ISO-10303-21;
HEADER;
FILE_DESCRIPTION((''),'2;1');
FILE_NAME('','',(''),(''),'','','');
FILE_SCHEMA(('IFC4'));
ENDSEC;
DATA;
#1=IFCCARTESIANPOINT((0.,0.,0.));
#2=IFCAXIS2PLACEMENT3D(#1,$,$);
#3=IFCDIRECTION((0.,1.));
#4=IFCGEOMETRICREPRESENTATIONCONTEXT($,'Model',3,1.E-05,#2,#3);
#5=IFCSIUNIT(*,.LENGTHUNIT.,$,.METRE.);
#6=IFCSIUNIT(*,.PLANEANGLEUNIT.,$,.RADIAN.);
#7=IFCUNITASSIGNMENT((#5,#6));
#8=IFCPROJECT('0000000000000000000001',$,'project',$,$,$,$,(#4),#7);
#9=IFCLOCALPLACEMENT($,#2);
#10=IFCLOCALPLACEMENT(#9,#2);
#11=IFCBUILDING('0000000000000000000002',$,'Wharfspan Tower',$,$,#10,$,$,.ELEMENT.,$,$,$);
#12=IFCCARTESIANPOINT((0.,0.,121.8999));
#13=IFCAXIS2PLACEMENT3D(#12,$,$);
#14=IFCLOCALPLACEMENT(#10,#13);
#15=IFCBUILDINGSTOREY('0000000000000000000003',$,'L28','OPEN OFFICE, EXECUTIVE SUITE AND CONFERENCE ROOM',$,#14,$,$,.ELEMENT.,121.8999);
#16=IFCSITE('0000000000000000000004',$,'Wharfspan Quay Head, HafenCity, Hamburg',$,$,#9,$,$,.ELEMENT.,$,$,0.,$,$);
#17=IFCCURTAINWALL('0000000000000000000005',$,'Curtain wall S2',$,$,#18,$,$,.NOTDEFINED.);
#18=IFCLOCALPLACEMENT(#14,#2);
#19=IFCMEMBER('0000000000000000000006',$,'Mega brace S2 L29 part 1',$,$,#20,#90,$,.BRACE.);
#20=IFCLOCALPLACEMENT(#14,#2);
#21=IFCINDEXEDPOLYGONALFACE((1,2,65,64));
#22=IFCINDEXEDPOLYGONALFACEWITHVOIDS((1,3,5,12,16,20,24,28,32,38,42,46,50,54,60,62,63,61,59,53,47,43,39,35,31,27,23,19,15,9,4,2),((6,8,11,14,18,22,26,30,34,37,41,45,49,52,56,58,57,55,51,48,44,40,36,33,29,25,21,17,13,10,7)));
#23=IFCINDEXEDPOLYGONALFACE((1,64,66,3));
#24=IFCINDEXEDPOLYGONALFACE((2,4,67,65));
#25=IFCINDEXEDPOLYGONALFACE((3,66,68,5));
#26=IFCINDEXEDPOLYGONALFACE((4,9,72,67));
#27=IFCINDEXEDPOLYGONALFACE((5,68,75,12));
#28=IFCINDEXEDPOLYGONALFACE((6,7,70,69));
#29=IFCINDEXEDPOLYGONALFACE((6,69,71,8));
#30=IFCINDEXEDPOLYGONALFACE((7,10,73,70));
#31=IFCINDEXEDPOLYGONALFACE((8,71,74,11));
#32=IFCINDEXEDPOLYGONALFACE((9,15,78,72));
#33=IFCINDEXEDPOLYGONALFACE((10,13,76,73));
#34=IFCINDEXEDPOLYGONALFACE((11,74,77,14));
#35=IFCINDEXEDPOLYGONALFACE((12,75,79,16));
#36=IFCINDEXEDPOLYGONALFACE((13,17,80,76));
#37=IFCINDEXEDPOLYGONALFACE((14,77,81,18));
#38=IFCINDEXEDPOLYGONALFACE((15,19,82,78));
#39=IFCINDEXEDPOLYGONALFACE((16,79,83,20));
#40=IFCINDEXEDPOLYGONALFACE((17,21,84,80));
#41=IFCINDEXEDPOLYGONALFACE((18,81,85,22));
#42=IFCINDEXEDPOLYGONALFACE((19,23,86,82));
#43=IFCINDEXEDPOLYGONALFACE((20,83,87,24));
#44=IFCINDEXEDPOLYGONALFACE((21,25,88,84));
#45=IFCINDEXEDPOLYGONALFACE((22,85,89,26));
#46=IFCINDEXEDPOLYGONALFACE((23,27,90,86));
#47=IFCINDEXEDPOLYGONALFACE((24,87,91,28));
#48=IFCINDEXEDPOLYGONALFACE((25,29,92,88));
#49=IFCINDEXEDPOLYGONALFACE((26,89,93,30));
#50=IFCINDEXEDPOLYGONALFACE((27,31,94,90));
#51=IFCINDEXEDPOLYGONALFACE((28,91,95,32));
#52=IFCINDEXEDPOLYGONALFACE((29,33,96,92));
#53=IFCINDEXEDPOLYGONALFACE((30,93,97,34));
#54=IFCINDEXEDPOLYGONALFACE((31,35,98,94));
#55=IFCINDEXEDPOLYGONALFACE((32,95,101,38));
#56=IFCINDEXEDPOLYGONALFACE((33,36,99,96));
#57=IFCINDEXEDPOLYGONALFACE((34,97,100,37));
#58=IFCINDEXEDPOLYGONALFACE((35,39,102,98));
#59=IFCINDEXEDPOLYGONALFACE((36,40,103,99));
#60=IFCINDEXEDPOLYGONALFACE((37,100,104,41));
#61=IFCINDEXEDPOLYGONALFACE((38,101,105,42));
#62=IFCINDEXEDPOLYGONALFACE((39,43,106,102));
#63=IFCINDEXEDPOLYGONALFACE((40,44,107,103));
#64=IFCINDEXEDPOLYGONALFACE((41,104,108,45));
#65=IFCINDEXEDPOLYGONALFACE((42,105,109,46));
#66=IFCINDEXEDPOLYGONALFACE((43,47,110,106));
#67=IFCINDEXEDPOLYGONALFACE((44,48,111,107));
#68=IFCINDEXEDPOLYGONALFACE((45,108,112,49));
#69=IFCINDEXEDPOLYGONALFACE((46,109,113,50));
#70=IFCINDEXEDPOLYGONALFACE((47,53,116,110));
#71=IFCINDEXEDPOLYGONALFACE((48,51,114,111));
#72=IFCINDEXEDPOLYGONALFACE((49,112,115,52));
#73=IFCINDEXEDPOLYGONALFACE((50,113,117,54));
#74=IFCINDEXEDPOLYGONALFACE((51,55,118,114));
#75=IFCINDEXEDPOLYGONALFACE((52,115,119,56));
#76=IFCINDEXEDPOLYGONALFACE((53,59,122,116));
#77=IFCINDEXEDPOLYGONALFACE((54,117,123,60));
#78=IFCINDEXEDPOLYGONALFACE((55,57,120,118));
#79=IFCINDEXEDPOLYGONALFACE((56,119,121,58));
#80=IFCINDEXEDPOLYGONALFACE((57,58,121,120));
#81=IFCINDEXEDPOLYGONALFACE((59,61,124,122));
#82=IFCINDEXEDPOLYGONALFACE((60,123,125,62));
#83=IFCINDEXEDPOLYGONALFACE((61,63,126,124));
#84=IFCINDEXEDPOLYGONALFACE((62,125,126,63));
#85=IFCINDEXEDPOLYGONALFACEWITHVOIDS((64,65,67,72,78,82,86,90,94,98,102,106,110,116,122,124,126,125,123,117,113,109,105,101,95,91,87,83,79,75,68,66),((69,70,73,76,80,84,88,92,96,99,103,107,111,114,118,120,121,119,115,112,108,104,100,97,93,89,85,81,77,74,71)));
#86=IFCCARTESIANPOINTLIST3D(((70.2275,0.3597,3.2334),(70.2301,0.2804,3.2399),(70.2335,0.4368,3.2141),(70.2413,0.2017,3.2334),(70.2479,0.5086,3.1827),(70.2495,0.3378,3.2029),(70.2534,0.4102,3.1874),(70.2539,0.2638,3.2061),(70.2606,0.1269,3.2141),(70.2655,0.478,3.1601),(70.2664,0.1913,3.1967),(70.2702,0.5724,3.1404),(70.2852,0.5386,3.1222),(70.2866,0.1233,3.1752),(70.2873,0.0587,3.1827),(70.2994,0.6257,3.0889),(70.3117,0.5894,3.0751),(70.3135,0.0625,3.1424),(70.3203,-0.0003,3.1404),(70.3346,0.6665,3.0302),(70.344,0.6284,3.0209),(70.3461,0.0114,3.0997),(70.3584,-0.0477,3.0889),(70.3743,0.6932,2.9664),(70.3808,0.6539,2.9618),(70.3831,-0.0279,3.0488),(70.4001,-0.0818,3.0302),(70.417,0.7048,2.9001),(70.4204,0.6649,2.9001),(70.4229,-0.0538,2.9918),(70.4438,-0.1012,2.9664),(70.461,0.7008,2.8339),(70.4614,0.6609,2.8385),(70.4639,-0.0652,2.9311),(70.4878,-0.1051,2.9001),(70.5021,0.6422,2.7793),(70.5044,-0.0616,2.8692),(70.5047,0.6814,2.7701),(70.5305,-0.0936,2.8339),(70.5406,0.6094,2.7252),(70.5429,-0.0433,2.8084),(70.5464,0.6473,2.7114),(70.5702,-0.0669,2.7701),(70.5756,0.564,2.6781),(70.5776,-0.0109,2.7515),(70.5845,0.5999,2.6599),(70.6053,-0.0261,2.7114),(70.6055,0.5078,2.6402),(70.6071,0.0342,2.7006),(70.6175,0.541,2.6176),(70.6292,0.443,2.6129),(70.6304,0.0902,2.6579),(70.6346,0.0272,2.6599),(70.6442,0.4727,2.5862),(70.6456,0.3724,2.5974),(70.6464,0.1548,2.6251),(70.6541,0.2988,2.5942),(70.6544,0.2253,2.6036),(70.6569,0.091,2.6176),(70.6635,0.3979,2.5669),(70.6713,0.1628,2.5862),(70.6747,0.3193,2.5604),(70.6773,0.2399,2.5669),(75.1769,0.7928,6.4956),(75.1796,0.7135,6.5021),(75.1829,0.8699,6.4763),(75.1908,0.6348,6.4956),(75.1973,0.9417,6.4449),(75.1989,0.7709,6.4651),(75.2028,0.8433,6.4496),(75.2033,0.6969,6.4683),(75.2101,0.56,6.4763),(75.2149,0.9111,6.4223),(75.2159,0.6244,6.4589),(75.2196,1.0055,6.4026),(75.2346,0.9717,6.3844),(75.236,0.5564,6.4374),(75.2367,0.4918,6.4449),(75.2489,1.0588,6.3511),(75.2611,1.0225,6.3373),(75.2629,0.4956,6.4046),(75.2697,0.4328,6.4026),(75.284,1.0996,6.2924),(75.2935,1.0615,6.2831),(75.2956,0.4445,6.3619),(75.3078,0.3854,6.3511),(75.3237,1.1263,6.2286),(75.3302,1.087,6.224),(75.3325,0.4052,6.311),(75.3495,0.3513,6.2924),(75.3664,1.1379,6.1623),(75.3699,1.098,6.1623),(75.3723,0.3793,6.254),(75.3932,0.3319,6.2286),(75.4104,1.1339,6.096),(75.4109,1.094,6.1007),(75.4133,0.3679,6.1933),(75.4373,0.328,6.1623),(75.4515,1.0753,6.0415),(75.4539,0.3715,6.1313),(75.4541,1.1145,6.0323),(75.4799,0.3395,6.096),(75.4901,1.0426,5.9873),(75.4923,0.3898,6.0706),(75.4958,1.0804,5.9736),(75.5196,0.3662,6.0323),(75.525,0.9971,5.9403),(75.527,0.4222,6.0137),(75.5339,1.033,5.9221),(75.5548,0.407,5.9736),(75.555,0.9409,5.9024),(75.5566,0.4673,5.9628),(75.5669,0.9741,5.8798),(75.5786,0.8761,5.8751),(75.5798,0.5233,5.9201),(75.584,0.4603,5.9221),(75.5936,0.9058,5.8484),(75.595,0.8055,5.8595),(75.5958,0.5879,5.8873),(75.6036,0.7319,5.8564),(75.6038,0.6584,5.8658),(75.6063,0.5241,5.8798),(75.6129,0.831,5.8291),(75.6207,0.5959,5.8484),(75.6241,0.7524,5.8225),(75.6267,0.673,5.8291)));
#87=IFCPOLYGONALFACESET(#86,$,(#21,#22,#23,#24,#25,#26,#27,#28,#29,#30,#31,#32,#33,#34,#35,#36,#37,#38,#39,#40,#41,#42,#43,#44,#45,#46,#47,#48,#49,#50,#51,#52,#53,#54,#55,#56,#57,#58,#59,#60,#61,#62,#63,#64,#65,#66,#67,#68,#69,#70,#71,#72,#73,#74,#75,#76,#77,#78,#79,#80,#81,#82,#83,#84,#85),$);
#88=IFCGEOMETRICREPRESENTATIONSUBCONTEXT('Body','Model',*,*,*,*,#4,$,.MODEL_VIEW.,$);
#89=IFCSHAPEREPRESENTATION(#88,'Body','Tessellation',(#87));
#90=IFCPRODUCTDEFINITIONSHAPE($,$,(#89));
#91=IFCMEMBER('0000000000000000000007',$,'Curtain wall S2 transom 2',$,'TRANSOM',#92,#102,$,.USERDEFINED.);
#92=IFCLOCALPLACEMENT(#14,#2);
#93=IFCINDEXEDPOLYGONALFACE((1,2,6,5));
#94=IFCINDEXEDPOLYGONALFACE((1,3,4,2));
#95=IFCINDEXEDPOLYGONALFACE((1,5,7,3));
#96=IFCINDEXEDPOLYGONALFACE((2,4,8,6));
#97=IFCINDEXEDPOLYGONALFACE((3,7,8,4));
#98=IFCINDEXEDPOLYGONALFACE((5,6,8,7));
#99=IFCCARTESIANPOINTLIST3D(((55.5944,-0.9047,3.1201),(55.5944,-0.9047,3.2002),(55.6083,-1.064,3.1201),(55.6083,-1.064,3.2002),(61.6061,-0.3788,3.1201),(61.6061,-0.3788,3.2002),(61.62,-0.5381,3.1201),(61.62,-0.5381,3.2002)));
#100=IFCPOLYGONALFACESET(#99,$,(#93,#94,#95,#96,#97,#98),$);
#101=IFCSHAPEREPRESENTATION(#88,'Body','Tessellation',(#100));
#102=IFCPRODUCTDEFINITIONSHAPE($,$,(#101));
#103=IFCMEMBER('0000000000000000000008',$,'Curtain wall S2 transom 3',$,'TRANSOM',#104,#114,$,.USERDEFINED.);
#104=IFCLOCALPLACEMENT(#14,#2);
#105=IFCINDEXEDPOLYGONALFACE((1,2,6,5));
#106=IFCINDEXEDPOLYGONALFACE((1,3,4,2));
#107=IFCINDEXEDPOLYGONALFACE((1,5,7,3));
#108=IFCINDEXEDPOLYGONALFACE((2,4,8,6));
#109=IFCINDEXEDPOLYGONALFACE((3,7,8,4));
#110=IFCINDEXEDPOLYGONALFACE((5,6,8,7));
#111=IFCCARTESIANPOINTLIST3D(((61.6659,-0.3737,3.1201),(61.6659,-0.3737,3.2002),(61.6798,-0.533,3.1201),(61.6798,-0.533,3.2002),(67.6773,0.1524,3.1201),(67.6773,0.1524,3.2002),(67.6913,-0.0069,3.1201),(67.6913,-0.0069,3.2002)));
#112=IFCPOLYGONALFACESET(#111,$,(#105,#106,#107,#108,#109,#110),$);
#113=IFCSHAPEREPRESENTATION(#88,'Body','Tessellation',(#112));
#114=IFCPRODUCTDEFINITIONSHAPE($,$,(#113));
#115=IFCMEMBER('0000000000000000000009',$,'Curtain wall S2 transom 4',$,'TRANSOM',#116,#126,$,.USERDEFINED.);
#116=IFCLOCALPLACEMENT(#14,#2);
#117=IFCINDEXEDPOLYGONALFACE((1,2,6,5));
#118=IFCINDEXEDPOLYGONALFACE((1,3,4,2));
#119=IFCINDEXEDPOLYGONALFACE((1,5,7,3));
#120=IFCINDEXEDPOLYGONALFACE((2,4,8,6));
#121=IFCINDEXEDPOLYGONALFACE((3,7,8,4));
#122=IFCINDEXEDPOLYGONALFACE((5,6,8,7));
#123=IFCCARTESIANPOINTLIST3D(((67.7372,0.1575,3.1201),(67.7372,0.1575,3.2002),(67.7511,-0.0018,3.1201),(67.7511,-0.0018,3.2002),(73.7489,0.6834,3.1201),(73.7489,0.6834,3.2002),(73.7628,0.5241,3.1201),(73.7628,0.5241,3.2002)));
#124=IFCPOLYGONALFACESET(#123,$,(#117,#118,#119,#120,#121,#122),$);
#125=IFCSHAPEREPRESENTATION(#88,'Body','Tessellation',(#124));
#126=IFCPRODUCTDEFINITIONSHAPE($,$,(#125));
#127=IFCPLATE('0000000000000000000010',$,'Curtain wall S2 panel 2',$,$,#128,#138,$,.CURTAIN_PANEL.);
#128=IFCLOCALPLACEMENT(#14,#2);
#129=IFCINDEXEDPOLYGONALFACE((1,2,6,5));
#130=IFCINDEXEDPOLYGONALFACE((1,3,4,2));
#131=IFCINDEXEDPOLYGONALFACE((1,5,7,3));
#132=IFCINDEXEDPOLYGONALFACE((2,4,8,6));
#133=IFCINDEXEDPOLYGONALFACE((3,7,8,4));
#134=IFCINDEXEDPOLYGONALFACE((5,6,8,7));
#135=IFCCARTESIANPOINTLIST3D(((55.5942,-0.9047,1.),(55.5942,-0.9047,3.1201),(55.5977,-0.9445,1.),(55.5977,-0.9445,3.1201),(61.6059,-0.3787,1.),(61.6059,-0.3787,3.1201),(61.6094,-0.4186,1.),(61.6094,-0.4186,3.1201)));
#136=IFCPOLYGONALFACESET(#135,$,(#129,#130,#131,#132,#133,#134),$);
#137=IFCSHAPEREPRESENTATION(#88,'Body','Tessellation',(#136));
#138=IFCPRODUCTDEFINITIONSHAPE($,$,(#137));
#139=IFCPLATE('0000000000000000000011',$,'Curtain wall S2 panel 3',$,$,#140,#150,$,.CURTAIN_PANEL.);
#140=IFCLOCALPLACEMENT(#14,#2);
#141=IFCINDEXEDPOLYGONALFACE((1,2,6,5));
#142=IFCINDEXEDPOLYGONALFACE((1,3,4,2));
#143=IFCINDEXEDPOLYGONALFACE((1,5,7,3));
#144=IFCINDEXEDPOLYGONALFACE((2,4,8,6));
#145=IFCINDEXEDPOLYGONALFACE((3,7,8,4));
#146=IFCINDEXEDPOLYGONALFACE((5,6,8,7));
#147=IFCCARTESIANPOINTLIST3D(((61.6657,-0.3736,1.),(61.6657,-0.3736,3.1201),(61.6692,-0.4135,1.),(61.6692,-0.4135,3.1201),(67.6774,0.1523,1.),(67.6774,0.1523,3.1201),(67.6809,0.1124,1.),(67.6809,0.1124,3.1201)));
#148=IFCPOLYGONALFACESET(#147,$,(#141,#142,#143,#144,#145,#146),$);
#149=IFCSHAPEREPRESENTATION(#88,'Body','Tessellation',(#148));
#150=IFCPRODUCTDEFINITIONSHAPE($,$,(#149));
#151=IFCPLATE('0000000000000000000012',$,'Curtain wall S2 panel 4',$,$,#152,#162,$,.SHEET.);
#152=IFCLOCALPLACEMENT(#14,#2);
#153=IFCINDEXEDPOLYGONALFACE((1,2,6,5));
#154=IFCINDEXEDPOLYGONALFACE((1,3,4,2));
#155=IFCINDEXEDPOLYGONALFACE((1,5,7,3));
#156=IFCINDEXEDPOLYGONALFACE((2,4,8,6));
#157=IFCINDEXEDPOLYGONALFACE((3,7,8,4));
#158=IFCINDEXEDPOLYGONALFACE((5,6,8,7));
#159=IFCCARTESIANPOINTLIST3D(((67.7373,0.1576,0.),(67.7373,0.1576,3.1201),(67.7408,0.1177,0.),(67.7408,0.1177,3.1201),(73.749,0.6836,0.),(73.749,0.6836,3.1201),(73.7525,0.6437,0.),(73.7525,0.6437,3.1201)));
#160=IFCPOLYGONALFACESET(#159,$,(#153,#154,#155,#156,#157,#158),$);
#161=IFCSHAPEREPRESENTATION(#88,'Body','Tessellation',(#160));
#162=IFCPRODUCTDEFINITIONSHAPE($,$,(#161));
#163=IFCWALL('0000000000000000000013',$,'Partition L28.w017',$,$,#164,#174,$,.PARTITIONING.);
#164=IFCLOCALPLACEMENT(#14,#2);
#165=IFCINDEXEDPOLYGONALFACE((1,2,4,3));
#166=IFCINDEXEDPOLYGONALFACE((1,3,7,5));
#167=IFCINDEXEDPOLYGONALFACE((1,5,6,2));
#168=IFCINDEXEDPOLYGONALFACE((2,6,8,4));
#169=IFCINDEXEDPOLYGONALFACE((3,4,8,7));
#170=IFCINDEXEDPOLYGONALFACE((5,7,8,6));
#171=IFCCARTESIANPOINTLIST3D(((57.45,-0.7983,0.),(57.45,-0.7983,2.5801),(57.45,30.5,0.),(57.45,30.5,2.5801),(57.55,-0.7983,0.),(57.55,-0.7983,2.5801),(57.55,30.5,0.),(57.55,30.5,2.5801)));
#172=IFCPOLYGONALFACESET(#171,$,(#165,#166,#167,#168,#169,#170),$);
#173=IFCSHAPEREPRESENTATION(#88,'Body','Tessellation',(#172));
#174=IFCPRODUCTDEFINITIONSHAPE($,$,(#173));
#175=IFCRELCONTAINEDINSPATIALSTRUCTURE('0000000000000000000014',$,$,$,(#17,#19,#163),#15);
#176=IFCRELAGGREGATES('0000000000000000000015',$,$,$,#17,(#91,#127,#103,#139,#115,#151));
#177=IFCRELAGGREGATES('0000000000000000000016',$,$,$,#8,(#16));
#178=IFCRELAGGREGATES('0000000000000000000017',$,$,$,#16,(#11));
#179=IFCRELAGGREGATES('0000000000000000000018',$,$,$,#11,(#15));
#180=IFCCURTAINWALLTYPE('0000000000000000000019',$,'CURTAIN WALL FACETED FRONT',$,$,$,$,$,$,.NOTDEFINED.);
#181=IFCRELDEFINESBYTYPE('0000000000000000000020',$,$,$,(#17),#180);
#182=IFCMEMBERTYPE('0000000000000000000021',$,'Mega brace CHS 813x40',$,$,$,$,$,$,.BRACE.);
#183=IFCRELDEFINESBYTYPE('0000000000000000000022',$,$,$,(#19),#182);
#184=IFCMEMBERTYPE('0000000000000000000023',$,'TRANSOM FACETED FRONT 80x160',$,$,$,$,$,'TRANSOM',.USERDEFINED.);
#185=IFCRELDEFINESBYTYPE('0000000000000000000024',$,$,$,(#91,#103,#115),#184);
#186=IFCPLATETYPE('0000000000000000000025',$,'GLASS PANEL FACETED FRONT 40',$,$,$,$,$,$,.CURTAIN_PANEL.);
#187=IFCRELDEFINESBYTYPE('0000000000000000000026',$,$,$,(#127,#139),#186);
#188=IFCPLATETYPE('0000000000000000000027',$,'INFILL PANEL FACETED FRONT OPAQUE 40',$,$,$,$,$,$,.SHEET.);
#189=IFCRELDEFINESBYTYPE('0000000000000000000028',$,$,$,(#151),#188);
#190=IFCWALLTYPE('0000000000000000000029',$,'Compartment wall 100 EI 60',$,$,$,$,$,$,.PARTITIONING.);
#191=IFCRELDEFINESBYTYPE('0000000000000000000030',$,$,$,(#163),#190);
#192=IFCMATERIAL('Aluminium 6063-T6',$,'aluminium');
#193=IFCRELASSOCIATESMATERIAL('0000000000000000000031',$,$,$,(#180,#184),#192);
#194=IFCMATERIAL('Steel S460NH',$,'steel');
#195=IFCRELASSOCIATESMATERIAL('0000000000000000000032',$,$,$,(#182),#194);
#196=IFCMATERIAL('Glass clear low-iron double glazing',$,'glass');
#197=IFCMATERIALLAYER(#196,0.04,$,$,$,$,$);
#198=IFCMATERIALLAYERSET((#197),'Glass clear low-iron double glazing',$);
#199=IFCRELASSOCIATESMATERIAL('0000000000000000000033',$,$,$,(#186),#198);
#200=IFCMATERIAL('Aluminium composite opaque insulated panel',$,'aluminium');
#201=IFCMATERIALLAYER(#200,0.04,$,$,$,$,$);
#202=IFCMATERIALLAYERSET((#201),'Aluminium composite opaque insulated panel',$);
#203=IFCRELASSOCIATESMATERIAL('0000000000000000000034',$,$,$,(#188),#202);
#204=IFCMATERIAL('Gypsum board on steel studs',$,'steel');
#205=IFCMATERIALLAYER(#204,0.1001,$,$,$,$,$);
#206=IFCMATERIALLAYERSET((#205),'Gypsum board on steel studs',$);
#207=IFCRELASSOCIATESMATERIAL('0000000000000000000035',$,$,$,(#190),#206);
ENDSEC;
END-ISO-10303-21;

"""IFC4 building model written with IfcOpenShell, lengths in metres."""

from ifc_helpers import new_model, si_unit, direction, frame, frame_2d, origin, origin_2d, place, context, subcontext, project, spatial, rectangle, hollow_circle, extrude, material, layer, layer_set, material_profile, profile_set, type_object, element, aggregate, save


model = new_model("IFC4")

# Units and contexts
model_context = context("Model", 3, precision=1e-05, world=origin(), true_north=direction((0.0, 1.0)))
body_context = subcontext(model_context, "Body", "Model", "MODEL_VIEW")
ifc_project = project(units=[si_unit("LENGTHUNIT", "METRE"), si_unit("PLANEANGLEUNIT", "RADIAN")], contexts=[model_context])

# Site, building, storey
site_placement = place(None, origin())
site = spatial("IfcSite", under=ifc_project, at=site_placement, Name="Wharfspan Quay Head, HafenCity, Hamburg", CompositionType="ELEMENT", RefElevation=0.0)
building_placement = place(site_placement, origin())
building = spatial("IfcBuilding", under=site, at=building_placement, Name="Wharfspan Tower", CompositionType="ELEMENT")
storey_placement = place(building_placement, frame((0.0, 0.0, 121.8999)))
storey = spatial("IfcBuildingStorey", under=building, at=storey_placement, Name="L28", Description="OPEN OFFICE, EXECUTIVE SUITE AND CONFERENCE ROOM", CompositionType="ELEMENT", Elevation=121.8999)

# Curtain wall
ifc_material_1 = material(Name="Aluminium 6063-T6", Category="aluminium")
curtain_wall_type = type_object("IfcCurtainWallType", Name="CURTAIN WALL FACETED FRONT", PredefinedType="NOTDEFINED", material=ifc_material_1)
curtain_wall_placement = place(storey_placement, origin())
curtain_wall = element("IfcCurtainWall", 1, at=curtain_wall_placement, inside=storey, type_object=curtain_wall_type, Name="Curtain wall S2", PredefinedType="NOTDEFINED")

# Members
ifc_material_2 = material(Name="Steel S460NH", Category="steel")
ifc_material_profile_1 = material_profile(ifc_material_2, hollow_circle(Radius=0.4065, WallThickness=0.04, at=origin_2d()))
ifc_profile_set_1 = profile_set([ifc_material_profile_1], Name="Steel S460NH")
member_type_1 = type_object("IfcMemberType", Name="Mega brace CHS 813x40", PredefinedType="BRACE", material=ifc_profile_set_1)
member_1_placement = place(storey_placement, frame((70.4524, 0.2998, 2.9001), z_axis=(0.832734, 0.072869, 0.548858), x_axis=(-0.087173, 0.99619, 0.000001)))
element("IfcMember", 2, at=member_1_placement, inside=storey, type_object=member_type_1, Name="Mega brace S2 L29 part 1", PredefinedType="BRACE", context=body_context, shape_type="SweptSolid", body=[
    extrude(hollow_circle(Radius=0.4065, WallThickness=0.04, at=origin_2d()), origin(), (0.0, 0.0, 1.0), 5.9436),
])
ifc_material_profile_2 = material_profile(ifc_material_1, rectangle(XDim=0.1599, YDim=0.0801, at=origin_2d()))
ifc_profile_set_2 = profile_set([ifc_material_profile_2], Name="Aluminium 6063-T6")
member_type_2 = type_object("IfcMemberType", Name="TRANSOM FACETED FRONT 80x160", ElementType="TRANSOM", PredefinedType="USERDEFINED", material=ifc_profile_set_2)
member_2_placement = place(storey_placement, frame((55.6013, -0.9844, 3.1602), z_axis=(0.996196, 0.087143, 0.0), x_axis=(-0.087143, 0.996196, 0.0)))
member_2 = element("IfcMember", 3, at=member_2_placement, type_object=member_type_2, Name="Curtain wall S2 transom 2", ObjectType="TRANSOM", PredefinedType="USERDEFINED", context=body_context, shape_type="SweptSolid", body=[
    extrude(rectangle(XDim=0.1599, YDim=0.0801, at=origin_2d()), origin(), (0.0, 0.0, 1.0), 6.0347),
])
member_3_placement = place(storey_placement, frame((61.6729, -0.4534, 3.1602), z_axis=(0.996192, 0.087187, 0.0), x_axis=(-0.087187, 0.996192, 0.0)))
member_3 = element("IfcMember", 4, at=member_3_placement, type_object=member_type_2, Name="Curtain wall S2 transom 3", ObjectType="TRANSOM", PredefinedType="USERDEFINED", context=body_context, shape_type="SweptSolid", body=[
    extrude(rectangle(XDim=0.1599, YDim=0.0801, at=origin_2d()), origin(), (0.0, 0.0, 1.0), 6.0344),
])
member_4_placement = place(storey_placement, frame((67.7441, 0.0779, 3.1602), z_axis=(0.996196, 0.087143, 0.0), x_axis=(-0.087143, 0.996196, 0.0)))
member_4 = element("IfcMember", 5, at=member_4_placement, type_object=member_type_2, Name="Curtain wall S2 transom 4", ObjectType="TRANSOM", PredefinedType="USERDEFINED", context=body_context, shape_type="SweptSolid", body=[
    extrude(rectangle(XDim=0.1599, YDim=0.0801, at=origin_2d()), origin(), (0.0, 0.0, 1.0), 6.0347),
])

# Plates
ifc_material_3 = material(Name="Glass clear low-iron double glazing", Category="glass")
ifc_layer_1 = layer(ifc_material_3, 0.04)
ifc_layer_set_1 = layer_set([ifc_layer_1], Name="Glass clear low-iron double glazing")
plate_type_1 = type_object("IfcPlateType", Name="GLASS PANEL FACETED FRONT 40", PredefinedType="CURTAIN_PANEL", material=ifc_layer_set_1)
plate_1_placement = place(storey_placement, frame((58.6018, -0.6616, 1.0), z_axis=(0.0, 0.0, 1.0), x_axis=(0.996198, 0.087156, 0.0)))
plate_1 = element("IfcPlate", 6, at=plate_1_placement, type_object=plate_type_1, Name="Curtain wall S2 panel 2", PredefinedType="CURTAIN_PANEL", context=body_context, shape_type="SweptSolid", body=[
    extrude(rectangle(XDim=6.0347, YDim=0.04, at=origin_2d()), origin(), (0.0, 0.0, 1.0), 2.1201),
])
plate_2_placement = place(storey_placement, frame((64.6733, -0.1306, 1.0), z_axis=(0.0, 0.0, 1.0), x_axis=(0.996198, 0.087156, 0.0)))
plate_2 = element("IfcPlate", 7, at=plate_2_placement, type_object=plate_type_1, Name="Curtain wall S2 panel 3", PredefinedType="CURTAIN_PANEL", context=body_context, shape_type="SweptSolid", body=[
    extrude(rectangle(XDim=6.0347, YDim=0.04, at=origin_2d()), origin(), (0.0, 0.0, 1.0), 2.1201),
])
ifc_material_4 = material(Name="Aluminium composite opaque insulated panel", Category="aluminium")
ifc_layer_2 = layer(ifc_material_4, 0.04)
ifc_layer_set_2 = layer_set([ifc_layer_2], Name="Aluminium composite opaque insulated panel")
plate_type_2 = type_object("IfcPlateType", Name="INFILL PANEL FACETED FRONT OPAQUE 40", PredefinedType="SHEET", material=ifc_layer_set_2)
plate_3_placement = place(storey_placement, frame((70.7449, 0.4006, 0.0), z_axis=(0.0, 0.0, 1.0), x_axis=(0.996198, 0.087156, 0.0)))
plate_3 = element("IfcPlate", 8, at=plate_3_placement, type_object=plate_type_2, Name="Curtain wall S2 panel 4", PredefinedType="SHEET", context=body_context, shape_type="SweptSolid", body=[
    extrude(rectangle(XDim=6.0347, YDim=0.04, at=origin_2d()), origin(), (0.0, 0.0, 1.0), 3.1201),
])
aggregate(curtain_wall, [member_2, plate_1, member_3, plate_2, member_4, plate_3])

# Wall
ifc_material_5 = material(Name="Gypsum board on steel studs", Category="steel")
ifc_layer_3 = layer(ifc_material_5, 0.1001)
ifc_layer_set_3 = layer_set([ifc_layer_3], Name="Gypsum board on steel studs")
wall_type_1 = type_object("IfcWallType", Name="Compartment wall 100 EI 60", PredefinedType="PARTITIONING", material=ifc_layer_set_3)
wall_1_placement = place(storey_placement, frame((57.5, -0.7983, 0.0), z_axis=(0.0, 0.0, 1.0), x_axis=(0.0, 1.0, 0.0)))
element("IfcWall", 9, at=wall_1_placement, inside=storey, type_object=wall_type_1, Name="Partition L28.w017", PredefinedType="PARTITIONING", context=body_context, shape_type="SweptSolid", body=[
    extrude(rectangle(XDim=31.2983, YDim=0.1001, at=frame_2d((15.6492, 0.0))), origin(), (0.0, 0.0, 1.0), 2.5801),
])

save(model, "model.ifc")
